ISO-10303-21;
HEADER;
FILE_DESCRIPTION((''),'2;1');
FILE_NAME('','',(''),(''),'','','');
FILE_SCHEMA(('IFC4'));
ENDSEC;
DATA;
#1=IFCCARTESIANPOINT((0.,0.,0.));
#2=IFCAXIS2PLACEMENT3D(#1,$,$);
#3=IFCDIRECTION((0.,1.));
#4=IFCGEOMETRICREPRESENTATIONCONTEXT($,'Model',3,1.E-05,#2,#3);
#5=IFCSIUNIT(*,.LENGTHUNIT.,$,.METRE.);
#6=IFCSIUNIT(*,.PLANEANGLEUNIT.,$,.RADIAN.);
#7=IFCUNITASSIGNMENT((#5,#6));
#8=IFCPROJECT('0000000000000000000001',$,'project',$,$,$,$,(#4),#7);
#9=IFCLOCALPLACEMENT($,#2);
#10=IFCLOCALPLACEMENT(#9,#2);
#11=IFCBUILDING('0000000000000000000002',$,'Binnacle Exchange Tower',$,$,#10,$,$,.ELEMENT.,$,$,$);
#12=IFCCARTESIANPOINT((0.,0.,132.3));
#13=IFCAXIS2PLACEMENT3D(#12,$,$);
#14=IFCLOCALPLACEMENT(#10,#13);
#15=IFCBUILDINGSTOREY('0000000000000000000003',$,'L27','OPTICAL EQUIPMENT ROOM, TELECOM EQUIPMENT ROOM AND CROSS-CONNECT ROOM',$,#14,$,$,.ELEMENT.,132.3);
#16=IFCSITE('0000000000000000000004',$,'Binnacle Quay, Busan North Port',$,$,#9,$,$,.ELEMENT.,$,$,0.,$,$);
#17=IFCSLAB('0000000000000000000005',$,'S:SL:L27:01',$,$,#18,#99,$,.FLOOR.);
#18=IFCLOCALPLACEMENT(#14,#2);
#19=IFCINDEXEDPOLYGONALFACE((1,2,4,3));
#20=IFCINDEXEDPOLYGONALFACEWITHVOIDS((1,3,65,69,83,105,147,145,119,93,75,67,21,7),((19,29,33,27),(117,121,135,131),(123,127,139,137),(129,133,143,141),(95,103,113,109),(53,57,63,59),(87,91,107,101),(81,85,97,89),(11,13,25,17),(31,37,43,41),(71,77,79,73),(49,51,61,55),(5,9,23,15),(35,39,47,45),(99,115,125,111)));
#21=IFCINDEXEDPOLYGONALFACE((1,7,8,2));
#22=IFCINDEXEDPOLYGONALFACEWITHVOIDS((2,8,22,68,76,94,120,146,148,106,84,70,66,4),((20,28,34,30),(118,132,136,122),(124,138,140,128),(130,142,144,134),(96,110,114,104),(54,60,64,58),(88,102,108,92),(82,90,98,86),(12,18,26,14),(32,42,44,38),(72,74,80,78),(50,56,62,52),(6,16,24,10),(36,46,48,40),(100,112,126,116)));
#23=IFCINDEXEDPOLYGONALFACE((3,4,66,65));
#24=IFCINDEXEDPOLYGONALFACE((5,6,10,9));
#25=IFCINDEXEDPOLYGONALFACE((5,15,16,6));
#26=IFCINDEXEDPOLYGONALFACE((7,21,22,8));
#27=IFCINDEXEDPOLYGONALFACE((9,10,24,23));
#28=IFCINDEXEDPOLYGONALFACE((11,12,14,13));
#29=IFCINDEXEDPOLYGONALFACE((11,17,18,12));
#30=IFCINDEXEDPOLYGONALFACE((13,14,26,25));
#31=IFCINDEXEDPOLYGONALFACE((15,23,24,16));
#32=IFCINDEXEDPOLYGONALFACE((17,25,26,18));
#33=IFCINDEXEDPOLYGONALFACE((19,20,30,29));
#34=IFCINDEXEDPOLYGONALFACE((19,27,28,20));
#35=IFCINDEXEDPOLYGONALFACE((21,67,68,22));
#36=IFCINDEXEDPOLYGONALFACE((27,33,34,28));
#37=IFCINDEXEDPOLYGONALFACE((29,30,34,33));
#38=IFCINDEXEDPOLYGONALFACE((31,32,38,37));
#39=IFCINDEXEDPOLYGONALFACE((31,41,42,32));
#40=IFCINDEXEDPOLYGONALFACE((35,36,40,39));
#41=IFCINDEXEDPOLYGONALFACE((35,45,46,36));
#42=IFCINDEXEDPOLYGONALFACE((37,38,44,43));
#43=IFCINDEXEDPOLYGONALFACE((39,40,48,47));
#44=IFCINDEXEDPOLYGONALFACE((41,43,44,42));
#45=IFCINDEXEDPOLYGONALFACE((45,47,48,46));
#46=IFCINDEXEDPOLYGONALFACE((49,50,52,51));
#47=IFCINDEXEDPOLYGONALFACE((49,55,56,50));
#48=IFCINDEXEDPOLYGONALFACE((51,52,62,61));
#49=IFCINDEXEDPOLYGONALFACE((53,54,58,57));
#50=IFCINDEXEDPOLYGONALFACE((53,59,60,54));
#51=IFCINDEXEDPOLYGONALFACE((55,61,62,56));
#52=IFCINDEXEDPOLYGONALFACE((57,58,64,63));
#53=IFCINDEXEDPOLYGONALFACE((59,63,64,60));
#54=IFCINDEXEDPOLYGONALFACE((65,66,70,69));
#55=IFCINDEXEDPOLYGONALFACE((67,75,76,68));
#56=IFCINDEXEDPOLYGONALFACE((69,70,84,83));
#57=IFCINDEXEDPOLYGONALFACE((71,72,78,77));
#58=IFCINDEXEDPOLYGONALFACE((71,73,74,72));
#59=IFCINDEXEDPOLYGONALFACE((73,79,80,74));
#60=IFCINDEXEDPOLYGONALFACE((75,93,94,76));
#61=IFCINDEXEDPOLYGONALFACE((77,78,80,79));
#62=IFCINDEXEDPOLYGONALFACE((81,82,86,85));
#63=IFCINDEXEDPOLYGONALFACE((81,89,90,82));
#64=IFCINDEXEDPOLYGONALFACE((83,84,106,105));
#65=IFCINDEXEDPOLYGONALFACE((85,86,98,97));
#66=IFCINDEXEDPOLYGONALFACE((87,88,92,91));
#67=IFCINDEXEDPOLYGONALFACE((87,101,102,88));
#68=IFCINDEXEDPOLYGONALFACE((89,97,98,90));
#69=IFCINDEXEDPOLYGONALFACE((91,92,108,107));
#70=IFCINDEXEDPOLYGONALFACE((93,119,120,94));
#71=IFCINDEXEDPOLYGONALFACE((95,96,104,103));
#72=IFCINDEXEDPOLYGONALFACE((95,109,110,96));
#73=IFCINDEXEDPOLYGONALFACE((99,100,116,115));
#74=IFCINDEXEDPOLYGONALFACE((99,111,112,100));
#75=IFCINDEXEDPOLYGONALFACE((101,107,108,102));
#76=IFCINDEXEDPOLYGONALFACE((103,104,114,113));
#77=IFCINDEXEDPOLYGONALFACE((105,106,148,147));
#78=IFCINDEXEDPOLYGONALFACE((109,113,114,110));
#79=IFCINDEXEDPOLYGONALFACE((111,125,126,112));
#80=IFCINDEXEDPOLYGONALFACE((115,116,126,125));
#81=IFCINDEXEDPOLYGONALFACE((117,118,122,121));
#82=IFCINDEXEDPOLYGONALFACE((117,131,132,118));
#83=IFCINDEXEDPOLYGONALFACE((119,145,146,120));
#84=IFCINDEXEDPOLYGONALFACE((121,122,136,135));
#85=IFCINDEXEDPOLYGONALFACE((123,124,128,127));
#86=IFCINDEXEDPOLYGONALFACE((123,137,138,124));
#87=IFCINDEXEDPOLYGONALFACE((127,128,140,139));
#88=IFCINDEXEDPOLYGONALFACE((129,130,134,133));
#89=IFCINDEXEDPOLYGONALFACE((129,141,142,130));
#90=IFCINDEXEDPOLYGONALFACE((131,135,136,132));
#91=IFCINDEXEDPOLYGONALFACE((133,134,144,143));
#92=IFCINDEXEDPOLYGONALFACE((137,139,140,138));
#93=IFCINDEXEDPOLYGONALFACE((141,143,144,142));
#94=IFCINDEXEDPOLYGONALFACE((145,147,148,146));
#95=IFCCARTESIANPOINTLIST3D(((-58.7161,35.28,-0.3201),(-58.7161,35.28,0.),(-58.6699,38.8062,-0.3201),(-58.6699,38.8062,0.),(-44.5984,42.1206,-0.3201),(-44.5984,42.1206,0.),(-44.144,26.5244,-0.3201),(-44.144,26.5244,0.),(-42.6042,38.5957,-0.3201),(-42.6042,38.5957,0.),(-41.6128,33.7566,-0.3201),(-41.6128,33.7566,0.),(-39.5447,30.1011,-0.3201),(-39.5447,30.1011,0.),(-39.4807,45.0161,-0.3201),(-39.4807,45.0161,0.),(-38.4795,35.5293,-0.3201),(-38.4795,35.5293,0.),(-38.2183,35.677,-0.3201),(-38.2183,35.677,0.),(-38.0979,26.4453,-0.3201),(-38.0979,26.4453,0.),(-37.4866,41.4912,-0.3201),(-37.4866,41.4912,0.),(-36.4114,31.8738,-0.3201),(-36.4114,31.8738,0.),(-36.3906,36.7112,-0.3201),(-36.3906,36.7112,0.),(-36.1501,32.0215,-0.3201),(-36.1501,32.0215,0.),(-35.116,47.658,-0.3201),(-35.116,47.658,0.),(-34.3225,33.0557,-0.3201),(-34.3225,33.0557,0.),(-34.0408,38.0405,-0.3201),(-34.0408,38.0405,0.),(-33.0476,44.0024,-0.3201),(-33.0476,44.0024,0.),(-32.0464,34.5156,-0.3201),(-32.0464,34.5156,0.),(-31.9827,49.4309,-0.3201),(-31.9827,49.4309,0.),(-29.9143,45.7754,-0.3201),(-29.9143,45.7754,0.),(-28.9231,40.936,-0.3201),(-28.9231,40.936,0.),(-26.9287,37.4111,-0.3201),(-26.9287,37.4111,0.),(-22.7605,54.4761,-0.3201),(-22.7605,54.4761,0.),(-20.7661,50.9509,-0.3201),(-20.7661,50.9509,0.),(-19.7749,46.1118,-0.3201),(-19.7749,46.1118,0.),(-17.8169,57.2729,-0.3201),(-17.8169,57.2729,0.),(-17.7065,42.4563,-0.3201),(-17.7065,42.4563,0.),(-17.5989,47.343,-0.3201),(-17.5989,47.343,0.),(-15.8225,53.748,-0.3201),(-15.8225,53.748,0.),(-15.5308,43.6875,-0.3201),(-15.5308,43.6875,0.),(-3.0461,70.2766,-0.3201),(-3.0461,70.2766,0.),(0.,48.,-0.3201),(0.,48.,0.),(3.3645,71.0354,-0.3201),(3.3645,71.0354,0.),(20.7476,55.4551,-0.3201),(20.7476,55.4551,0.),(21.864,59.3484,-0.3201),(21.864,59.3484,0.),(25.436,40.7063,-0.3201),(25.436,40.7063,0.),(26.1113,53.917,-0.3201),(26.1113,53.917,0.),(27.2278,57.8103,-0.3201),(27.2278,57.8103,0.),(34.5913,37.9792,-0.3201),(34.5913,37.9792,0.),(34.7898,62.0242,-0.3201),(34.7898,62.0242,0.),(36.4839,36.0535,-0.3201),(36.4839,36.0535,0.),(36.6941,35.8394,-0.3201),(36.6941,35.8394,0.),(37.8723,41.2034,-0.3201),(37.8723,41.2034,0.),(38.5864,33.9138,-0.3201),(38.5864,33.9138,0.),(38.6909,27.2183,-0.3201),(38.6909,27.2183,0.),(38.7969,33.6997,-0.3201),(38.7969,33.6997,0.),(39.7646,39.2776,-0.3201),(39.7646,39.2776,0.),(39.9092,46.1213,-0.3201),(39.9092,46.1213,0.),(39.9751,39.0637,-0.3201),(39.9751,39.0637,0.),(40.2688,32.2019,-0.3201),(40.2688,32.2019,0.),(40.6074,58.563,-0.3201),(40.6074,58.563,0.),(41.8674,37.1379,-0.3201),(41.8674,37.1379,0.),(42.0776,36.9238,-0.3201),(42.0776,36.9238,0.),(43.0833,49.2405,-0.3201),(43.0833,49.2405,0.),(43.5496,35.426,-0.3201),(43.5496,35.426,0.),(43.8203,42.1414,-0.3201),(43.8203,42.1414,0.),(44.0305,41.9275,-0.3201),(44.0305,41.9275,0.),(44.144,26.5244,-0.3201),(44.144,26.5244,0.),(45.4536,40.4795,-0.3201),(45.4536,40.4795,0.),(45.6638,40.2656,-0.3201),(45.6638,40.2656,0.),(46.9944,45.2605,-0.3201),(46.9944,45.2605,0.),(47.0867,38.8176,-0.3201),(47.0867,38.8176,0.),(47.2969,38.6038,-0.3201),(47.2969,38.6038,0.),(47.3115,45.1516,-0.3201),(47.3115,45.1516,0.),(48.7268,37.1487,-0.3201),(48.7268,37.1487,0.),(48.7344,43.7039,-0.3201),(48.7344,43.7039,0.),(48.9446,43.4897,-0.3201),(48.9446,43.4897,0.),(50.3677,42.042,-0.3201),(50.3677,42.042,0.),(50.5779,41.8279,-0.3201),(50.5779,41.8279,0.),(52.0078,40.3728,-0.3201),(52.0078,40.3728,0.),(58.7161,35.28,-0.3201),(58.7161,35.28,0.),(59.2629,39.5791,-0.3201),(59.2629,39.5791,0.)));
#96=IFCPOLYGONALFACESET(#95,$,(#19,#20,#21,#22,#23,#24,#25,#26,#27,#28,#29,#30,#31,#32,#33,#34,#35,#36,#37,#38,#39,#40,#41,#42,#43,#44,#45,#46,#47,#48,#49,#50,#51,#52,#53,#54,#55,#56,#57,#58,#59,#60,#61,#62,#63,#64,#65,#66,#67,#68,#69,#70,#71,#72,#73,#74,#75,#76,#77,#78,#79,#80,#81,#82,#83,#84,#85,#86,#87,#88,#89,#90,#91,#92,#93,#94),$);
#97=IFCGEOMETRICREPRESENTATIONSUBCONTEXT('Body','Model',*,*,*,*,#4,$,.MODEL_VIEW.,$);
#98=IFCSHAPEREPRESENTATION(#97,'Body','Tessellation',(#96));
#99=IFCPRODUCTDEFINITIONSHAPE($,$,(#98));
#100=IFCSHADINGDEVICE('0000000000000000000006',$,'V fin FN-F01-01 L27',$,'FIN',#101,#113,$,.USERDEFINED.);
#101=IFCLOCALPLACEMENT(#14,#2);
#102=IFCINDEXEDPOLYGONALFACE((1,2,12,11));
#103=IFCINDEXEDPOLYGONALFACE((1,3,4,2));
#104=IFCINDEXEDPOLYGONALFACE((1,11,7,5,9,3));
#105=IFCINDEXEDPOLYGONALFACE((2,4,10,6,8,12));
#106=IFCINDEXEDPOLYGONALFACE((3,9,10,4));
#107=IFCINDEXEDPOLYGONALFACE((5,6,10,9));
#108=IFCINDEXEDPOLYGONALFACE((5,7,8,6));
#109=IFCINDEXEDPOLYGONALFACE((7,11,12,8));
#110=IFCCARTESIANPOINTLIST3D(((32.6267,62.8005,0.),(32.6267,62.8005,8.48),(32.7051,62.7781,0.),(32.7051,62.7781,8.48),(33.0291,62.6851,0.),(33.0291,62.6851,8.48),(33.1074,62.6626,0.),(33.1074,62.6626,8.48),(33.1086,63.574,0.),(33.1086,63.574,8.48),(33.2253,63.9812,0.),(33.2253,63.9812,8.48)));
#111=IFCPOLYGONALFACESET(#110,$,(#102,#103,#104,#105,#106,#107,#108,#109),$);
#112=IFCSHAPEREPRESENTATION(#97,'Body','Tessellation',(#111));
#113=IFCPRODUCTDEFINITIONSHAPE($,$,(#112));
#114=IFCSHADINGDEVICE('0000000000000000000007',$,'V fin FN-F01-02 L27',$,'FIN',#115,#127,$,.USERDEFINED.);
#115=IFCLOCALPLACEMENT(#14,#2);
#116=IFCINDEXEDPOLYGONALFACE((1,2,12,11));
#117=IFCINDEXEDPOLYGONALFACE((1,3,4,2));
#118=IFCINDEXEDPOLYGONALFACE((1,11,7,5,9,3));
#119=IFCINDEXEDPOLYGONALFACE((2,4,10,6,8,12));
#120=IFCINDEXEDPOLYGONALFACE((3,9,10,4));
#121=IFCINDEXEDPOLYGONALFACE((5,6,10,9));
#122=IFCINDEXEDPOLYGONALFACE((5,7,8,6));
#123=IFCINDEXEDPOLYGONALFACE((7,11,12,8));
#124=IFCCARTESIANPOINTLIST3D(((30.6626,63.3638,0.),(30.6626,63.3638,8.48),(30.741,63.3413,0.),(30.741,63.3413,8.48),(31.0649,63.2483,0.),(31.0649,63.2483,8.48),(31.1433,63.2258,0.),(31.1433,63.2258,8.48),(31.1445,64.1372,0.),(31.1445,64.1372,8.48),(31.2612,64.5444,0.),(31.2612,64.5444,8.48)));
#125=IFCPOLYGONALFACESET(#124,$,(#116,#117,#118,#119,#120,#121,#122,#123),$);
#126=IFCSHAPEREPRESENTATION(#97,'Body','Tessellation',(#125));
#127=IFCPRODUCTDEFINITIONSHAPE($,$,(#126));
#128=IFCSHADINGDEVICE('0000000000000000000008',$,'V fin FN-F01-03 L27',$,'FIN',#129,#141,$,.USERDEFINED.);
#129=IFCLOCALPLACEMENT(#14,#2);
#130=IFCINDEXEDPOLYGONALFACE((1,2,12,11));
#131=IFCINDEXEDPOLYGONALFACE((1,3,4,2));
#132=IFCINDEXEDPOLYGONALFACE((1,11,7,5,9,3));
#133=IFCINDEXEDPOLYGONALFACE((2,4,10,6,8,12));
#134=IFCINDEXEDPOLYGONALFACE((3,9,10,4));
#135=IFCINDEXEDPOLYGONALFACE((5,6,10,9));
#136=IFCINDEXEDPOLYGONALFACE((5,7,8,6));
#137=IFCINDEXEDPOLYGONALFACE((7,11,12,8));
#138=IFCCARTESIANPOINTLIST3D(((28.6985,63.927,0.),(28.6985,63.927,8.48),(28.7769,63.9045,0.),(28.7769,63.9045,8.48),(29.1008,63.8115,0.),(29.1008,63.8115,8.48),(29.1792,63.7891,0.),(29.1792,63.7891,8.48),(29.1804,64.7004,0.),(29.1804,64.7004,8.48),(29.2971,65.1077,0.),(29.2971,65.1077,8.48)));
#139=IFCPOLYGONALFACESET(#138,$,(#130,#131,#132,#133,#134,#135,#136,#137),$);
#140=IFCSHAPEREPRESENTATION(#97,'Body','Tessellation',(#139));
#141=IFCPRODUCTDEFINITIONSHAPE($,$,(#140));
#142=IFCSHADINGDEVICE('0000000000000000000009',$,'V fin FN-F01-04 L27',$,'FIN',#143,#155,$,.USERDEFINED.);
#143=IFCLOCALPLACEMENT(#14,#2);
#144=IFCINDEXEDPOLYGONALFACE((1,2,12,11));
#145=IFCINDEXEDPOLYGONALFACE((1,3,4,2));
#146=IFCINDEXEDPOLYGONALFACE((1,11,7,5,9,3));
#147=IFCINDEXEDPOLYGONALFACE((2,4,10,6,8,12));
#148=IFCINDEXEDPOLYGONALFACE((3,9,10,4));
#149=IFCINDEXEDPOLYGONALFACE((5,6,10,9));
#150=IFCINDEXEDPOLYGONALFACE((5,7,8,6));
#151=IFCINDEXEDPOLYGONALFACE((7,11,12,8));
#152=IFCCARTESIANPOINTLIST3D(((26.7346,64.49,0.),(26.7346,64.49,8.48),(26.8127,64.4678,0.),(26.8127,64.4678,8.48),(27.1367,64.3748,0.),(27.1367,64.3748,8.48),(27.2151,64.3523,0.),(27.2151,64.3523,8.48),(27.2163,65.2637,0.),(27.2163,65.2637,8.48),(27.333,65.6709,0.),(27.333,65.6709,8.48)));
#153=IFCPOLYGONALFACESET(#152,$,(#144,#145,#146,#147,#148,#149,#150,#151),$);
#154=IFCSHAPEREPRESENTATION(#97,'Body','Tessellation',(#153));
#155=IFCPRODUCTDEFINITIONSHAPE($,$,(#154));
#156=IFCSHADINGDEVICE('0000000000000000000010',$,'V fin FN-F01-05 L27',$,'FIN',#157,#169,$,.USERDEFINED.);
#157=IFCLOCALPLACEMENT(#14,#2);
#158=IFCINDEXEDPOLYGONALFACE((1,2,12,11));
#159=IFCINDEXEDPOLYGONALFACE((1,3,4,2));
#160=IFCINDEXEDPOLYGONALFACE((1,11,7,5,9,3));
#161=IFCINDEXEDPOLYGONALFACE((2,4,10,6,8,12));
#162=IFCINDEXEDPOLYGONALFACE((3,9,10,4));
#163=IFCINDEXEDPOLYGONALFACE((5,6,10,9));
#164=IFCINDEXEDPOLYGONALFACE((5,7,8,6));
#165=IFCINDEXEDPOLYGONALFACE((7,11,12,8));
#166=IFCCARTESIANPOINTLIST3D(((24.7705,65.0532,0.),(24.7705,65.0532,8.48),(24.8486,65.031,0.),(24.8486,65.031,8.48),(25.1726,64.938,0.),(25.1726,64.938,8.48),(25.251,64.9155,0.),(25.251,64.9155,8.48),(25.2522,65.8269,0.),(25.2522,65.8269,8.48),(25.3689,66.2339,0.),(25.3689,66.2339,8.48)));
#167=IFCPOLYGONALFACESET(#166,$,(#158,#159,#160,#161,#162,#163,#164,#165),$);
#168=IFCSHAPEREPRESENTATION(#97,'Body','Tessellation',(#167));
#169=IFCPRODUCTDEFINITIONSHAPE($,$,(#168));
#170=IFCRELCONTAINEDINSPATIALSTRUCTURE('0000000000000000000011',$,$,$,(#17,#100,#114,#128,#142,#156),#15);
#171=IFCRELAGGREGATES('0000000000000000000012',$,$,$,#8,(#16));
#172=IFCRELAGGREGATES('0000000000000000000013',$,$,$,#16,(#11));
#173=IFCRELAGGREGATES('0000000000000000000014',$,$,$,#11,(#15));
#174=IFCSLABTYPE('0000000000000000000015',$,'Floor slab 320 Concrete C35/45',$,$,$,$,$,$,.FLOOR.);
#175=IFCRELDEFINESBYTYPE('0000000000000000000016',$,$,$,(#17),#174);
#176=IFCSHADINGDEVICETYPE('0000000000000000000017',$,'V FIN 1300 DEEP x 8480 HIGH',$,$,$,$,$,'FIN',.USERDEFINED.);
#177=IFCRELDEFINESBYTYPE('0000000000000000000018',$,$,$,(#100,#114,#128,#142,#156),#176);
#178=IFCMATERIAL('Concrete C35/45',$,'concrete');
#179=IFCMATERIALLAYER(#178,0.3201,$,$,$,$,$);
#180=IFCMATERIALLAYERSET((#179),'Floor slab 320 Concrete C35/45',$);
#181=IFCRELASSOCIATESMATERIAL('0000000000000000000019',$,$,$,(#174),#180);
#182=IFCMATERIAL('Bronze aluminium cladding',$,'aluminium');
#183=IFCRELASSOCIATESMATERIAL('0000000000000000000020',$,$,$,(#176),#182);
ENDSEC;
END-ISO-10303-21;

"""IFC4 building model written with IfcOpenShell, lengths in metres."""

from ifc_helpers import new_model, si_unit, direction, frame, origin, place, context, subcontext, project, spatial, polyline, outline, extrude, material, layer, layer_set, type_object, element, save


model = new_model("IFC4")

# Units and contexts
model_context = context("Model", 3, precision=1e-05, world=origin(), true_north=direction((0.0, 1.0)))
body_context = subcontext(model_context, "Body", "Model", "MODEL_VIEW")
ifc_project = project(units=[si_unit("LENGTHUNIT", "METRE"), si_unit("PLANEANGLEUNIT", "RADIAN")], contexts=[model_context])

# Site, building, storey
site_placement = place(None, origin())
site = spatial("IfcSite", under=ifc_project, at=site_placement, Name="Binnacle Quay, Busan North Port", CompositionType="ELEMENT", RefElevation=0.0)
building_placement = place(site_placement, origin())
building = spatial("IfcBuilding", under=site, at=building_placement, Name="Binnacle Exchange Tower", CompositionType="ELEMENT")
storey_placement = place(building_placement, frame((0.0, 0.0, 132.3)))
storey = spatial("IfcBuildingStorey", under=building, at=storey_placement, Name="L27", Description="OPTICAL EQUIPMENT ROOM, TELECOM EQUIPMENT ROOM AND CROSS-CONNECT ROOM", CompositionType="ELEMENT", Elevation=132.3)

# Slab
ifc_material_1 = material(Name="Concrete C35/45", Category="concrete")
ifc_layer = layer(ifc_material_1, 0.3201)
ifc_layer_set = layer_set([ifc_layer], Name="Floor slab 320 Concrete C35/45")
slab_type = type_object("IfcSlabType", Name="Floor slab 320 Concrete C35/45", PredefinedType="FLOOR", material=ifc_layer_set)
slab_placement = place(storey_placement, frame((0.0, 0.0, -0.3201)))
element("IfcSlab", 1, at=slab_placement, inside=storey, type_object=slab_type, Name="S:SL:L27:01", PredefinedType="FLOOR", context=body_context, shape_type="SweptSolid", body=[
    extrude(outline(polyline([(59.2629, 39.5791), (58.7161, 35.28), (44.144, 26.5244), (38.6909, 27.2183), (25.436, 40.7063), (0.0, 48.0), (-38.0979, 26.4453), (-44.144, 26.5244), (-58.7161, 35.28), (-58.6699, 38.8062), (-3.0461, 70.2766), (3.3645, 71.0354), (34.7898, 62.0242), (40.6074, 58.563), (59.2629, 39.5791)]), holes=[polyline([(-38.4795, 35.5293), (-41.6128, 33.7566), (-39.5447, 30.1011), (-36.4114, 31.8738), (-38.4795, 35.5293)]), polyline([(-34.3225, 33.0557), (-36.3906, 36.7112), (-38.2183, 35.677), (-36.1501, 32.0215), (-34.3225, 33.0557)]), polyline([(-34.0408, 38.0405), (-32.0464, 34.5156), (-26.9287, 37.4111), (-28.9231, 40.936), (-34.0408, 38.0405)]), polyline([(-37.4866, 41.4912), (-39.4807, 45.0161), (-44.5984, 42.1206), (-42.6042, 38.5957), (-37.4866, 41.4912)]), polyline([(-15.5308, 43.6875), (-17.5989, 47.343), (-19.7749, 46.1118), (-17.7065, 42.4563), (-15.5308, 43.6875)]), polyline([(-29.9143, 45.7754), (-31.9827, 49.4309), (-35.116, 47.658), (-33.0476, 44.0024), (-29.9143, 45.7754)]), polyline([(-15.8225, 53.748), (-17.8169, 57.2729), (-22.7605, 54.4761), (-20.7661, 50.9509), (-15.8225, 53.748)]), polyline([(26.1113, 53.917), (27.2278, 57.8103), (21.864, 59.3484), (20.7476, 55.4551), (26.1113, 53.917)]), polyline([(40.2688, 32.2019), (43.5496, 35.426), (42.0776, 36.9238), (38.7969, 33.6997), (40.2688, 32.2019)]), polyline([(38.5864, 33.9138), (41.8674, 37.1379), (39.9751, 39.0637), (36.6941, 35.8394), (38.5864, 33.9138)]), polyline([(36.4839, 36.0535), (39.7646, 39.2776), (37.8723, 41.2034), (34.5913, 37.9792), (36.4839, 36.0535)]), polyline([(48.7268, 37.1487), (52.0078, 40.3728), (50.5779, 41.8279), (47.2969, 38.6038), (48.7268, 37.1487)]), polyline([(47.0867, 38.8176), (50.3677, 42.042), (48.9446, 43.4897), (45.6638, 40.2656), (47.0867, 38.8176)]), polyline([(45.4536, 40.4795), (48.7344, 43.7039), (47.3115, 45.1516), (44.0305, 41.9275), (45.4536, 40.4795)]), polyline([(43.8203, 42.1414), (46.9944, 45.2605), (43.0833, 49.2405), (39.9092, 46.1213), (43.8203, 42.1414)])]), origin(), (0.0, 0.0, 1.0), 0.3201),
])

# Shading devices
ifc_material_2 = material(Name="Bronze aluminium cladding", Category="aluminium")
shading_device_type = type_object("IfcShadingDeviceType", Name="V FIN 1300 DEEP x 8480 HIGH", ElementType="FIN", PredefinedType="USERDEFINED", material=ifc_material_2)
shading_device_1_placement = place(storey_placement, origin())
element("IfcShadingDevice", 2, at=shading_device_1_placement, inside=storey, type_object=shading_device_type, Name="V fin FN-F01-01 L27", ObjectType="FIN", PredefinedType="USERDEFINED", context=body_context, shape_type="SweptSolid", body=[
    extrude(outline(polyline([(33.1074, 62.6626), (33.2253, 63.9812), (32.6267, 62.8005), (32.7051, 62.7781), (33.1086, 63.574), (33.0291, 62.6851), (33.1074, 62.6626)])), origin(), (0.0, 0.0, 1.0), 8.48),
])
shading_device_2_placement = place(storey_placement, origin())
element("IfcShadingDevice", 3, at=shading_device_2_placement, inside=storey, type_object=shading_device_type, Name="V fin FN-F01-02 L27", ObjectType="FIN", PredefinedType="USERDEFINED", context=body_context, shape_type="SweptSolid", body=[
    extrude(outline(polyline([(31.1433, 63.2258), (31.2612, 64.5444), (30.6626, 63.3638), (30.741, 63.3413), (31.1445, 64.1372), (31.0649, 63.2483), (31.1433, 63.2258)])), origin(), (0.0, 0.0, 1.0), 8.48),
])
shading_device_3_placement = place(storey_placement, origin())
element("IfcShadingDevice", 4, at=shading_device_3_placement, inside=storey, type_object=shading_device_type, Name="V fin FN-F01-03 L27", ObjectType="FIN", PredefinedType="USERDEFINED", context=body_context, shape_type="SweptSolid", body=[
    extrude(outline(polyline([(29.1792, 63.7891), (29.2971, 65.1077), (28.6985, 63.927), (28.7769, 63.9045), (29.1804, 64.7004), (29.1008, 63.8115), (29.1792, 63.7891)])), origin(), (0.0, 0.0, 1.0), 8.48),
])
shading_device_4_placement = place(storey_placement, origin())
element("IfcShadingDevice", 5, at=shading_device_4_placement, inside=storey, type_object=shading_device_type, Name="V fin FN-F01-04 L27", ObjectType="FIN", PredefinedType="USERDEFINED", context=body_context, shape_type="SweptSolid", body=[
    extrude(outline(polyline([(27.2151, 64.3523), (27.333, 65.6709), (26.7346, 64.49), (26.8127, 64.4678), (27.2163, 65.2637), (27.1367, 64.3748), (27.2151, 64.3523)])), origin(), (0.0, 0.0, 1.0), 8.48),
])
shading_device_5_placement = place(storey_placement, origin())
element("IfcShadingDevice", 6, at=shading_device_5_placement, inside=storey, type_object=shading_device_type, Name="V fin FN-F01-05 L27", ObjectType="FIN", PredefinedType="USERDEFINED", context=body_context, shape_type="SweptSolid", body=[
    extrude(outline(polyline([(25.251, 64.9155), (25.3689, 66.2339), (24.7705, 65.0532), (24.8486, 65.031), (25.2522, 65.8269), (25.1726, 64.938), (25.251, 64.9155)])), origin(), (0.0, 0.0, 1.0), 8.48),
])

save(model, "model.ifc")
